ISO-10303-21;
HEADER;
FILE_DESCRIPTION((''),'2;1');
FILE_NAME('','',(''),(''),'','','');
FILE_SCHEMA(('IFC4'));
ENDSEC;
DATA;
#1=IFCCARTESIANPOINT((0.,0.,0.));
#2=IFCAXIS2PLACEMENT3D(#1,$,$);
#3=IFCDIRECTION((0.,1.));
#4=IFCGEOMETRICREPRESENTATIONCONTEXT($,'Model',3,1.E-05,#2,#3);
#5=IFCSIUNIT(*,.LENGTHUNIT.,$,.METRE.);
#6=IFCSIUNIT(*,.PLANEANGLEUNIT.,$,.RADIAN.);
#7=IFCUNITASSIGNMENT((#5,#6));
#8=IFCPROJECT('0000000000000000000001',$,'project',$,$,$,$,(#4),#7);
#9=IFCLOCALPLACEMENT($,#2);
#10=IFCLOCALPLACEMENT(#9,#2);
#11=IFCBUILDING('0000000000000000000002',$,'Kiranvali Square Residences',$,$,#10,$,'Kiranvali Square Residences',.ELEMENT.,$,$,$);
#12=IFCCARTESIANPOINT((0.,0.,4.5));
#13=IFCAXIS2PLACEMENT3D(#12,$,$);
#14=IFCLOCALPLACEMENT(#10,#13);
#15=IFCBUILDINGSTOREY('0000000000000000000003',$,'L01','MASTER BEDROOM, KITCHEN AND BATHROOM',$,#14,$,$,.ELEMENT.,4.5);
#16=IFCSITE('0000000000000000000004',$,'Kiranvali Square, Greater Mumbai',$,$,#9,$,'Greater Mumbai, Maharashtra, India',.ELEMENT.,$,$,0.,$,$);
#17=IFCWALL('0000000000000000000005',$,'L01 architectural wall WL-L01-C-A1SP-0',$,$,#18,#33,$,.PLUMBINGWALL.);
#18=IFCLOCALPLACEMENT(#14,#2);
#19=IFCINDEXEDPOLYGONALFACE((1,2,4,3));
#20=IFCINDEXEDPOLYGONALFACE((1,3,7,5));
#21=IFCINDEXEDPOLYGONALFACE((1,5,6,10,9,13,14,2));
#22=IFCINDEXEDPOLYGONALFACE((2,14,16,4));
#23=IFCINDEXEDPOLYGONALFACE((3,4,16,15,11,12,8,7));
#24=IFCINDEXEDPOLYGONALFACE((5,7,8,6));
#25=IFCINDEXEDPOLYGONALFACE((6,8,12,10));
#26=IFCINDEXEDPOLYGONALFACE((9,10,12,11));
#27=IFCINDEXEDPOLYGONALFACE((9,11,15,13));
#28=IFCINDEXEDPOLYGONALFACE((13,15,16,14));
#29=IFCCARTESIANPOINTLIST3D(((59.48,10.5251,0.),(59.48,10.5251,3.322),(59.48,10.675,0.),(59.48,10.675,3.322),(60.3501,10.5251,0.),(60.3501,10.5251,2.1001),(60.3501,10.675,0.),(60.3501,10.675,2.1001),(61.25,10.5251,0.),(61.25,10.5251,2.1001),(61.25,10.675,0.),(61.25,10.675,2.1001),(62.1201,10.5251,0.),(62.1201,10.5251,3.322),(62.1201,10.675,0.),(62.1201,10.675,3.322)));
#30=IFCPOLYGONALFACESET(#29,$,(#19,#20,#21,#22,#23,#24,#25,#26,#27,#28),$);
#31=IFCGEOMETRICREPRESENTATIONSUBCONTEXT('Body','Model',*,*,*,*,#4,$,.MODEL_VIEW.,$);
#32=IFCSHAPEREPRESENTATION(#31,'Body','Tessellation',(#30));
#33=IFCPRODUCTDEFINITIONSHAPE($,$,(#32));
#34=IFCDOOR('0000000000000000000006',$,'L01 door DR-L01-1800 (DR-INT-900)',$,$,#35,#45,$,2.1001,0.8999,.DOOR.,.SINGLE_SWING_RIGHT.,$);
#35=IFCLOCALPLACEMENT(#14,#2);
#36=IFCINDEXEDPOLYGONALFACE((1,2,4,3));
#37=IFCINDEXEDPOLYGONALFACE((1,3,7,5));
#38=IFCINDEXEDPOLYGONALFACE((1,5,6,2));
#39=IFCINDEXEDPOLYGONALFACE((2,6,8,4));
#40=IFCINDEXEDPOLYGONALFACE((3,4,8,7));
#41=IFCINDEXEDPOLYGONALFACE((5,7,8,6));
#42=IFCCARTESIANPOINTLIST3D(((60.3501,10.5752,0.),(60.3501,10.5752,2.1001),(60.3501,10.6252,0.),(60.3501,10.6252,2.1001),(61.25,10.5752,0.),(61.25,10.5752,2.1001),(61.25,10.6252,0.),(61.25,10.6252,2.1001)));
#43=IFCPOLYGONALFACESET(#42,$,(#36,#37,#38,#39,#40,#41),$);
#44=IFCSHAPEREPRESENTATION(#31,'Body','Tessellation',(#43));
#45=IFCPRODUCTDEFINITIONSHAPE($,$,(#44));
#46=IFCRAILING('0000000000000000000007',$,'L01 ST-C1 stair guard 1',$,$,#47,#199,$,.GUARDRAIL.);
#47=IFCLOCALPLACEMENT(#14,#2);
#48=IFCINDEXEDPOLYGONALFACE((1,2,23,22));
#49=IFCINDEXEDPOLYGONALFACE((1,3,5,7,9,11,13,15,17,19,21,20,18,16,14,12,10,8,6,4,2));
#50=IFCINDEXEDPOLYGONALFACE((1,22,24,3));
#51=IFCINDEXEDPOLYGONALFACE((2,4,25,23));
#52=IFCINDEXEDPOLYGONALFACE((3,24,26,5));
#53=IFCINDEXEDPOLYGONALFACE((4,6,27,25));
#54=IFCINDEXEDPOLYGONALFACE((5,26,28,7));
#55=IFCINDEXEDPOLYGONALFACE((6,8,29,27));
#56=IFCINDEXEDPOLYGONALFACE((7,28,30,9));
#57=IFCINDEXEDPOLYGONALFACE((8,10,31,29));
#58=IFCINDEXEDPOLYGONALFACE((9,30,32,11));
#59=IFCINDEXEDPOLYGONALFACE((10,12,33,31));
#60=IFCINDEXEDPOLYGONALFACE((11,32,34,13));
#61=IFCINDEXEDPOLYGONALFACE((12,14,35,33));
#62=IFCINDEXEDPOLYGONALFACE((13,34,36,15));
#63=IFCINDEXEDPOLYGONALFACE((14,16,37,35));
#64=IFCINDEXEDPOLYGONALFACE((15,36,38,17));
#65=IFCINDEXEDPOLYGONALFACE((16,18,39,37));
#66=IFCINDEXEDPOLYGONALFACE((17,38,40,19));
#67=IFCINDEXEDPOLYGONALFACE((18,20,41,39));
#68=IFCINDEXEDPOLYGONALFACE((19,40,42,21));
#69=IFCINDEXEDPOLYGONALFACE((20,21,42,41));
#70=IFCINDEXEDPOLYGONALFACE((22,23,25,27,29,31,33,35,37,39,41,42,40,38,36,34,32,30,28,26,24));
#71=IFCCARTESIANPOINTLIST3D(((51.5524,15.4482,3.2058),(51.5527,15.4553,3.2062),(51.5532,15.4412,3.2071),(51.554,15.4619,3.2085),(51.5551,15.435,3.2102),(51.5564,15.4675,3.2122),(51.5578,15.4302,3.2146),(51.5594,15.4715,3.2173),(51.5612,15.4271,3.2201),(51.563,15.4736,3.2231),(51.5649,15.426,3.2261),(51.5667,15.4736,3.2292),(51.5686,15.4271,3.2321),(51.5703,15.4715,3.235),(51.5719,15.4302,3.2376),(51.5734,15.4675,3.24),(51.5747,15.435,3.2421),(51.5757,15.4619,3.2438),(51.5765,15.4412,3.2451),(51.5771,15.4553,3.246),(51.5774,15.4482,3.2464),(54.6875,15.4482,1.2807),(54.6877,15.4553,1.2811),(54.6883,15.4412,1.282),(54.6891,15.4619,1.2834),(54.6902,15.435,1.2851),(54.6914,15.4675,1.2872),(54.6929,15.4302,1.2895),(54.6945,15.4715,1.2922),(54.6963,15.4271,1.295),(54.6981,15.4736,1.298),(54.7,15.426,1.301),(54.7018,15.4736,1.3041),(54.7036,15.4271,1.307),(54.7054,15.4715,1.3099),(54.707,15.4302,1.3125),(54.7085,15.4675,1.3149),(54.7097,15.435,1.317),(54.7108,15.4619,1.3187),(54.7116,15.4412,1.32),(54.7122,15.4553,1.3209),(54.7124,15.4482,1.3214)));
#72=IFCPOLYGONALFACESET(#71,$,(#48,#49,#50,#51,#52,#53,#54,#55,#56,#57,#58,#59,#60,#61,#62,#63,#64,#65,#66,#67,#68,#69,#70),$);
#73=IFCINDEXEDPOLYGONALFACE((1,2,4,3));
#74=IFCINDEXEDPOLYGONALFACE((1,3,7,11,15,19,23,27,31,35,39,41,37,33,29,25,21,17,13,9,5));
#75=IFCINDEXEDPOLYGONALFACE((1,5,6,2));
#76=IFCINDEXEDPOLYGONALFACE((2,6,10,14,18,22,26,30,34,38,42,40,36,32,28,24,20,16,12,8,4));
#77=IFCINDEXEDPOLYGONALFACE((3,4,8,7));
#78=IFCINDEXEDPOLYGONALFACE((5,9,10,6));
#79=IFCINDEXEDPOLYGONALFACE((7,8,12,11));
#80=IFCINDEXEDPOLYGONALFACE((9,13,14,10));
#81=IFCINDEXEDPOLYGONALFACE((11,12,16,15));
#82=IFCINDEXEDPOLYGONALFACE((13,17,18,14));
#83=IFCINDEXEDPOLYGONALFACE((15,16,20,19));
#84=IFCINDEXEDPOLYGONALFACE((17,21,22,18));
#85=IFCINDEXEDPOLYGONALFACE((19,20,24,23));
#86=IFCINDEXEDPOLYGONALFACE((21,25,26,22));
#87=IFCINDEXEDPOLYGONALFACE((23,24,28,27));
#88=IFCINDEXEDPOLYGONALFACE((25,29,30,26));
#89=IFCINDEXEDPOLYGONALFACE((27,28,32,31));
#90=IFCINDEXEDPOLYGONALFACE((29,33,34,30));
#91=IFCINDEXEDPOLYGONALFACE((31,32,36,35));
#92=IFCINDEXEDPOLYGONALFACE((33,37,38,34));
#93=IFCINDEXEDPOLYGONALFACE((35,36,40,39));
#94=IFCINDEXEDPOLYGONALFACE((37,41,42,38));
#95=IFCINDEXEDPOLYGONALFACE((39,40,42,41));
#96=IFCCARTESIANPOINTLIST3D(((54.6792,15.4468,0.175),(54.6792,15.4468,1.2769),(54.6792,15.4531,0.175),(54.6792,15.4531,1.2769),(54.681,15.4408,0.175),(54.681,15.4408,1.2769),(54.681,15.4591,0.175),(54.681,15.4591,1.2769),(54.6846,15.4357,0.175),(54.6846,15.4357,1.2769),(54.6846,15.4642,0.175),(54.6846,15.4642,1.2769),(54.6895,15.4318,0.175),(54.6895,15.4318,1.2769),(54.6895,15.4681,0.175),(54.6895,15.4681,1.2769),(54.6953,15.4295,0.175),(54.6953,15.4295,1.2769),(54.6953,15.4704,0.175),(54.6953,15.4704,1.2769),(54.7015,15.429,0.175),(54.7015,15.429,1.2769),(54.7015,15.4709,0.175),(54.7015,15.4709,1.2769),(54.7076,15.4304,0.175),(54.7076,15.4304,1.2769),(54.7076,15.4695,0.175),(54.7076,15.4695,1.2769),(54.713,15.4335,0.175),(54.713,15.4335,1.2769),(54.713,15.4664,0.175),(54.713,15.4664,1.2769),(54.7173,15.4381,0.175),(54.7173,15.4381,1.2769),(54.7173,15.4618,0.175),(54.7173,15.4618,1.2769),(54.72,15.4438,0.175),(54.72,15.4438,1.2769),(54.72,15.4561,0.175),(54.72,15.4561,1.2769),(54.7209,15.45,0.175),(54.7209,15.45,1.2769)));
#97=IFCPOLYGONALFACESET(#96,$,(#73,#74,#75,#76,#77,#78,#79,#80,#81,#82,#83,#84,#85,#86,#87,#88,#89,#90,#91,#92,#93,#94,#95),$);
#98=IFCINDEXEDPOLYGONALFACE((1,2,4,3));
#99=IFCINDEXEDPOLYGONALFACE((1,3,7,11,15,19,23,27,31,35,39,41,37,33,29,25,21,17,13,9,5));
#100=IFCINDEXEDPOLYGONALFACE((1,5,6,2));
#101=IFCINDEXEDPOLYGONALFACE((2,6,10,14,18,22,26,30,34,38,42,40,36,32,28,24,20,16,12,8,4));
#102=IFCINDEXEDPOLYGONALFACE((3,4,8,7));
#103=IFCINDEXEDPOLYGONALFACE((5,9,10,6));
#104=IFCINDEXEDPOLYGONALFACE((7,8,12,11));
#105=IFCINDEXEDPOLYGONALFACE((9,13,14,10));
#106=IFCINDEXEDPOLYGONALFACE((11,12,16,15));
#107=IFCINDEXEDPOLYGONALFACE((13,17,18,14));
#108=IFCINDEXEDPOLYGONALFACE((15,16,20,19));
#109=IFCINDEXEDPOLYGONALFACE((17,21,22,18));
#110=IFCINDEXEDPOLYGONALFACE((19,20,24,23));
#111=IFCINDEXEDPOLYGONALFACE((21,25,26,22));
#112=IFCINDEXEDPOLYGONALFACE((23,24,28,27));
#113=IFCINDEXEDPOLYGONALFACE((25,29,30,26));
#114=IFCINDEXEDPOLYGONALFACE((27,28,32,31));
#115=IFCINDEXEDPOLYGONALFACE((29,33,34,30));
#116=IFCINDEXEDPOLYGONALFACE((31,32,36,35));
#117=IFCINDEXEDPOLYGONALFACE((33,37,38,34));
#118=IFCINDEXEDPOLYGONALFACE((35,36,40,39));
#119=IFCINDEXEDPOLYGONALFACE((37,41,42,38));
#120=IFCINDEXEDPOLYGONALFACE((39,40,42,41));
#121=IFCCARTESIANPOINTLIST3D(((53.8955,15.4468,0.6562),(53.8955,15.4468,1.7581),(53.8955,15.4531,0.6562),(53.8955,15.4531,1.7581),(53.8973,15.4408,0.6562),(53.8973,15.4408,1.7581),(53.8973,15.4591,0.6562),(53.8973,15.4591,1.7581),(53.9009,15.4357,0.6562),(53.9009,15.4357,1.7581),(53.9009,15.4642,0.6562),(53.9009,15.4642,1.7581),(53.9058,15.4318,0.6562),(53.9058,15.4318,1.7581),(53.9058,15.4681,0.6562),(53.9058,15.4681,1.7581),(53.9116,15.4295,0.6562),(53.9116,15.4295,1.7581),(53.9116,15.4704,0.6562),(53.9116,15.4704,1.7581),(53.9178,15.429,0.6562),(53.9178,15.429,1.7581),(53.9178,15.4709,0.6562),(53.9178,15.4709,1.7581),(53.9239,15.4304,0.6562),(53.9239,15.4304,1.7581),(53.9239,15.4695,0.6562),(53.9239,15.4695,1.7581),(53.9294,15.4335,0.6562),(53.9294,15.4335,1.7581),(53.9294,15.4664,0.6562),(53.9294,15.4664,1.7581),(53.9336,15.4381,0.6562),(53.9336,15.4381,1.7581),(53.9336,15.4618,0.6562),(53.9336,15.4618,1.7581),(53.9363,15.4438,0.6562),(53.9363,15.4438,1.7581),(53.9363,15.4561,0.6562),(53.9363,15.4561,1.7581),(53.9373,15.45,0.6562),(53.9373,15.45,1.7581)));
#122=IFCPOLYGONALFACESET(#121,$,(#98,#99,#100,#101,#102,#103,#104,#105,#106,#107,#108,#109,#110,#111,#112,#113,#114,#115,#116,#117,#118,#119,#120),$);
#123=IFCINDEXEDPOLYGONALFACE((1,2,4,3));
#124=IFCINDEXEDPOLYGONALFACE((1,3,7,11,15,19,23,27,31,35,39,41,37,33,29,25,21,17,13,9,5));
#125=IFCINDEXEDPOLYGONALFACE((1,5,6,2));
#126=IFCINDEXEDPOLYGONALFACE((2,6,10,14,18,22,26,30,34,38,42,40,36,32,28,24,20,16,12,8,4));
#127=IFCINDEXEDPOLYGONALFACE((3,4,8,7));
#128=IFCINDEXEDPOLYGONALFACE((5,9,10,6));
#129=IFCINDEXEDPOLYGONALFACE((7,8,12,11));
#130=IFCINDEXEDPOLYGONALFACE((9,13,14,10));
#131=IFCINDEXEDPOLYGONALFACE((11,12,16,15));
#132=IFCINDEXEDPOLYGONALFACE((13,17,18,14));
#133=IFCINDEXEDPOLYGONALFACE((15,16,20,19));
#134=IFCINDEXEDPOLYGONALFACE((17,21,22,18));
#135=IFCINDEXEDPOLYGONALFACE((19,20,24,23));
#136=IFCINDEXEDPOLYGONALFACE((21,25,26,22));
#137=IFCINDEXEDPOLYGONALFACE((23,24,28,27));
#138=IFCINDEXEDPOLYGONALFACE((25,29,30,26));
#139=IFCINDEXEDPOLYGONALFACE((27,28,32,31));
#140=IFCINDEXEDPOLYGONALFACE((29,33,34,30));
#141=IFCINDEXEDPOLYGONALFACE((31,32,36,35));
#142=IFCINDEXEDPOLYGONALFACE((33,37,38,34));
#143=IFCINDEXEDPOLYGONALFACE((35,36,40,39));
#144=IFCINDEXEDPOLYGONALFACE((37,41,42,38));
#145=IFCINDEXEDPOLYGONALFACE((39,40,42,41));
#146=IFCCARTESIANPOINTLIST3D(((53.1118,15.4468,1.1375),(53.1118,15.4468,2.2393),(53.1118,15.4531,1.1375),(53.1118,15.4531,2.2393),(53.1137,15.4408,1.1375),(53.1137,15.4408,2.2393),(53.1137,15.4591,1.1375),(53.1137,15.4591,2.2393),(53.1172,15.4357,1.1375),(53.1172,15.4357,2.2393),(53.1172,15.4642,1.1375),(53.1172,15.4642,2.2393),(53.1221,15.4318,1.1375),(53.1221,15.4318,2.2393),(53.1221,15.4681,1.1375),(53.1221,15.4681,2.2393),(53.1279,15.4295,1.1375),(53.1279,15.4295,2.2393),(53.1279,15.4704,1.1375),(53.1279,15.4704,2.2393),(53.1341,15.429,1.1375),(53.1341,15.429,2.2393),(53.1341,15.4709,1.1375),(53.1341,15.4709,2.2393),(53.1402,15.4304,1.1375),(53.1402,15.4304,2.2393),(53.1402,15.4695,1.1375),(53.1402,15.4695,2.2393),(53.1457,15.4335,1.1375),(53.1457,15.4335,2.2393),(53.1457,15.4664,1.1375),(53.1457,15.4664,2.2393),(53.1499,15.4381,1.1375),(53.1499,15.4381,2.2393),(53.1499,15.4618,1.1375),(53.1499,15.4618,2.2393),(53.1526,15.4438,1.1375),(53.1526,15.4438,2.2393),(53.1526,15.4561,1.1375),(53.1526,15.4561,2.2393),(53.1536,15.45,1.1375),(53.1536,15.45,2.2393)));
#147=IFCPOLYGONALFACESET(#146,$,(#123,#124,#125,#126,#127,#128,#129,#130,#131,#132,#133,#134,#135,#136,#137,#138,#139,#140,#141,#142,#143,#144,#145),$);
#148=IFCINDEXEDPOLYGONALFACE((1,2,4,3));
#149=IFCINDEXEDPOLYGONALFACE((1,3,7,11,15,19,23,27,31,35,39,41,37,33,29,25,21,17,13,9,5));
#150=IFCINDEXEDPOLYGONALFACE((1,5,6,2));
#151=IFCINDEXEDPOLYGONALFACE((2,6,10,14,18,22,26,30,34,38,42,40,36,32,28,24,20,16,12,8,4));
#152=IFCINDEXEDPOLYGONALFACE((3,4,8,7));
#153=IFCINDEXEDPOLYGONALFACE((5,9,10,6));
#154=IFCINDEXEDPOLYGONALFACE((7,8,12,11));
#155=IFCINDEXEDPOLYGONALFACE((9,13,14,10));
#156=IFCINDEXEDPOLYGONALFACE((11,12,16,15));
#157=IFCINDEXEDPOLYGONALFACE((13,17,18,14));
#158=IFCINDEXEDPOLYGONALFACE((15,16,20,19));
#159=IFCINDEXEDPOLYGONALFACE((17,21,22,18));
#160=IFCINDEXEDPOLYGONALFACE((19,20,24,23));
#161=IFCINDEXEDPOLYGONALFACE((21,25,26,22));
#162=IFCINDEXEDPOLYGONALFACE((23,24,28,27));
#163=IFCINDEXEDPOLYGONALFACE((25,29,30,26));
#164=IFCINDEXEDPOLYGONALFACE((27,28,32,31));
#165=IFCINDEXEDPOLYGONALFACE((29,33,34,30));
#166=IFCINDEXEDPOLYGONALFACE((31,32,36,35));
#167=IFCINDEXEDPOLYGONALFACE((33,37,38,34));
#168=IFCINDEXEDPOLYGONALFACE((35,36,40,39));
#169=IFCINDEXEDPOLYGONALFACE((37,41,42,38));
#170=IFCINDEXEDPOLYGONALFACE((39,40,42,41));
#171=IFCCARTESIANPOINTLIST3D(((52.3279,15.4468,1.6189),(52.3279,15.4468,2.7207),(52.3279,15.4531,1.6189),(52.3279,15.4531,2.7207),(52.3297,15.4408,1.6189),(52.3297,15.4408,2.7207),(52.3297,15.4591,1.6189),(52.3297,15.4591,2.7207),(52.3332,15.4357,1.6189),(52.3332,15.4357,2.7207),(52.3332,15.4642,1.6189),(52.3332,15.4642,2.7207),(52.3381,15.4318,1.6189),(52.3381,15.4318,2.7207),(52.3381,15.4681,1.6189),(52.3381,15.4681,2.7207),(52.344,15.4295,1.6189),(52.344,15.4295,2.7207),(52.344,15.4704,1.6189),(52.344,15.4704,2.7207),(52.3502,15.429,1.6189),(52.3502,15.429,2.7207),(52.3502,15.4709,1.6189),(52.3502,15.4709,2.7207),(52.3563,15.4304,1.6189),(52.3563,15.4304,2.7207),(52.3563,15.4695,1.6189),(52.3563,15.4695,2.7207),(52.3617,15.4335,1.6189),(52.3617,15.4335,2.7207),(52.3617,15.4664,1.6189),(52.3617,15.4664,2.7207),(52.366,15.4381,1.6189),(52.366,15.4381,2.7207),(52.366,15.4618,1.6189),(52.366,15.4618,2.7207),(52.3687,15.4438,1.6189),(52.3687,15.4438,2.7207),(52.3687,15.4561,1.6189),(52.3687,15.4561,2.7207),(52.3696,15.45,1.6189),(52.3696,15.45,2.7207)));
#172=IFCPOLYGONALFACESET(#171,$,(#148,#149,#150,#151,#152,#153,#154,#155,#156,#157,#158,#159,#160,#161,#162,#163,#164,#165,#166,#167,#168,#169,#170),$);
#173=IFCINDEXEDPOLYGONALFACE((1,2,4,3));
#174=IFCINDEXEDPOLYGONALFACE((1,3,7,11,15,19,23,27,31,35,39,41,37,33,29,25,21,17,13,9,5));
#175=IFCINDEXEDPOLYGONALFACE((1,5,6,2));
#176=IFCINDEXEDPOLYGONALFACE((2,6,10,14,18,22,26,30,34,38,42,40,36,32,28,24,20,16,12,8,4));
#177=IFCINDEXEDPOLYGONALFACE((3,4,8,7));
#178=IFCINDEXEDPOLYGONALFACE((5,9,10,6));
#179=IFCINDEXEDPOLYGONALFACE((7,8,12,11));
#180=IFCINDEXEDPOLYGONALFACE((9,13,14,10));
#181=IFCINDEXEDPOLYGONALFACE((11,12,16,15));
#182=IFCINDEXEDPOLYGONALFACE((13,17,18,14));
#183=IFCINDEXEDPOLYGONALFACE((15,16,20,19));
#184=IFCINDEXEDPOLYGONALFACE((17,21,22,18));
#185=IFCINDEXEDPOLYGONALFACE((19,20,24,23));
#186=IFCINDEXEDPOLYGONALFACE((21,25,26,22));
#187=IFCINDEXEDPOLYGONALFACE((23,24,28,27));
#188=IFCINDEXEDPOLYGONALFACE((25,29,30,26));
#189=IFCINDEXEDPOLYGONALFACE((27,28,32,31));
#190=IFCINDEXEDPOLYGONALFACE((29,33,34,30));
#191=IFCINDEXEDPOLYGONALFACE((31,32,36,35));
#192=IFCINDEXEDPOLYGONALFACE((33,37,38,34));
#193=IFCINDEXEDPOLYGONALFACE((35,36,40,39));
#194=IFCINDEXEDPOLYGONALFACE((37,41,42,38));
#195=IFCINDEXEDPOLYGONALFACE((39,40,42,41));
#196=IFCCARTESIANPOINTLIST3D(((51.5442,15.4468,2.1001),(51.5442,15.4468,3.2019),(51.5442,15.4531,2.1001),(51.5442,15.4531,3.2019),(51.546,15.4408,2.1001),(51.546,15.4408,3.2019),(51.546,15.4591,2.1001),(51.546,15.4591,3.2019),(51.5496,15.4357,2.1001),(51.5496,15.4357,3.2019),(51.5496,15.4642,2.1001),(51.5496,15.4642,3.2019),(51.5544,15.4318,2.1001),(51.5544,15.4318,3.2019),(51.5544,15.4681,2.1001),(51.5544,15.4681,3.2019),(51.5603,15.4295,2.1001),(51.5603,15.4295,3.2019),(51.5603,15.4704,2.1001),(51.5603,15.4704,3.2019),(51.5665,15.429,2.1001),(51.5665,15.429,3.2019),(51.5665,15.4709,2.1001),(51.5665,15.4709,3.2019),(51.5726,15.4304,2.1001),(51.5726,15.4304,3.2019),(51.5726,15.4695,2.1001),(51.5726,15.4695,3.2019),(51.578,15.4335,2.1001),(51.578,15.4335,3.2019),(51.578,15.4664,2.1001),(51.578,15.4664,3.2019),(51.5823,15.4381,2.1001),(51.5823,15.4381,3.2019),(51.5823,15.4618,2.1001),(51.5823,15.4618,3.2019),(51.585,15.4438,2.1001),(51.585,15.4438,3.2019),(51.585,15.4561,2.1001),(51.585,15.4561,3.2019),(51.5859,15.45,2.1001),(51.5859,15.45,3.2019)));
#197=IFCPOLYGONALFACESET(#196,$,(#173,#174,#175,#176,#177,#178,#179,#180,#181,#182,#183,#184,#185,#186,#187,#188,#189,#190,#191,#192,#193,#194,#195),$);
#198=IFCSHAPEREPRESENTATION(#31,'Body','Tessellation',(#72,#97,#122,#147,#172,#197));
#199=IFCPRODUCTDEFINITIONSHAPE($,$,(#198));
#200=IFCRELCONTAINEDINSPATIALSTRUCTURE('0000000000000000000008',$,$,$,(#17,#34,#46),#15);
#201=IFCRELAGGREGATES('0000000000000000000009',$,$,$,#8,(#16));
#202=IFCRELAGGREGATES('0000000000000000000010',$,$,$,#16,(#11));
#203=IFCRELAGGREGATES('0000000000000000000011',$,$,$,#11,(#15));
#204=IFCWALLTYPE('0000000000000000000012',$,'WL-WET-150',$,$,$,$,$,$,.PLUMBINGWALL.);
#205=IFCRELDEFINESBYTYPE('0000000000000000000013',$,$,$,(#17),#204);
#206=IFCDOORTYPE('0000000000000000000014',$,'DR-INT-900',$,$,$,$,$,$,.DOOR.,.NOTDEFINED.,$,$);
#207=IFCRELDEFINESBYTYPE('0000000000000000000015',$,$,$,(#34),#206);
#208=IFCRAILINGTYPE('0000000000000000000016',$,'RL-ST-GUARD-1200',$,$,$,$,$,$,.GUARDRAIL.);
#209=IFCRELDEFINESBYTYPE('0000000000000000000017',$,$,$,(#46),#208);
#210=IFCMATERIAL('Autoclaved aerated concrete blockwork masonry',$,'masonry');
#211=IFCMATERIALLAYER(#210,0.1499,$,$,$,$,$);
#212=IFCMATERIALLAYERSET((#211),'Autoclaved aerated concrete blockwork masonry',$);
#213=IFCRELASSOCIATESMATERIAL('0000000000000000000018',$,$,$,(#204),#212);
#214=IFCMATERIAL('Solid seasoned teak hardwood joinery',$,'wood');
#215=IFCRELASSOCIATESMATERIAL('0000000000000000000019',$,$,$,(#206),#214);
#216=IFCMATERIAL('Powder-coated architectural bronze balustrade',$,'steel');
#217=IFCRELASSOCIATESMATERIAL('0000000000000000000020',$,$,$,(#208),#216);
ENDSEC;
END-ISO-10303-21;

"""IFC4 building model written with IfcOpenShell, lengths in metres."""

from ifc_helpers import new_model, si_unit, direction, frame, frame_2d, origin, origin_2d, place, context, subcontext, project, spatial, rectangle, circle, extrude, material, layer, layer_set, type_object, element, fill, save


model = new_model("IFC4")

# Units and contexts
model_context = context("Model", 3, precision=1e-05, world=origin(), true_north=direction((0.0, 1.0)))
body_context = subcontext(model_context, "Body", "Model", "MODEL_VIEW")
ifc_project = project(units=[si_unit("LENGTHUNIT", "METRE"), si_unit("PLANEANGLEUNIT", "RADIAN")], contexts=[model_context])

# Site, building, storey
site_placement = place(None, origin())
site = spatial("IfcSite", under=ifc_project, at=site_placement, Name="Kiranvali Square, Greater Mumbai", LongName="Greater Mumbai, Maharashtra, India", CompositionType="ELEMENT", RefElevation=0.0)
building_placement = place(site_placement, origin())
building = spatial("IfcBuilding", under=site, at=building_placement, Name="Kiranvali Square Residences", LongName="Kiranvali Square Residences", CompositionType="ELEMENT")
storey_placement = place(building_placement, frame((0.0, 0.0, 4.5)))
storey = spatial("IfcBuildingStorey", under=building, at=storey_placement, Name="L01", Description="MASTER BEDROOM, KITCHEN AND BATHROOM", CompositionType="ELEMENT", Elevation=4.5)

# Shared definitions
ifc_material_1 = material(Name="Autoclaved aerated concrete blockwork masonry", Category="masonry")
ifc_material_2 = material(Name="Solid seasoned teak hardwood joinery", Category="wood")

# Wall, opening, door
ifc_layer_1 = layer(ifc_material_1, 0.1499)
ifc_layer_set_1 = layer_set([ifc_layer_1], Name="Autoclaved aerated concrete blockwork masonry")
wall_type_1 = type_object("IfcWallType", Name="WL-WET-150", PredefinedType="PLUMBINGWALL", material=ifc_layer_set_1)
wall_1_placement = place(storey_placement, frame((59.48, 10.6001, 0.0), z_axis=(0.0, 0.0, 1.0), x_axis=(1.0, 0.0, 0.0)))
wall_1 = element("IfcWall", 1, at=wall_1_placement, inside=storey, type_object=wall_type_1, Name="L01 architectural wall WL-L01-C-A1SP-0", PredefinedType="PLUMBINGWALL", context=body_context, shape_type="SweptSolid", body=[
    extrude(rectangle(XDim=2.6401, YDim=0.1499, at=frame_2d((1.3201, 0.0))), origin(), (0.0, 0.0, 1.0), 3.322),
])
opening_1_placement = place(wall_1_placement, frame((0.8701, 0.0, 0.0)))
opening_1 = element("IfcOpeningElement", 2, at=opening_1_placement, cuts=wall_1, PredefinedType="OPENING", context=body_context, shape_type="SweptSolid", body=[
    extrude(rectangle(XDim=0.8999, YDim=2.1001, at=frame_2d((0.45, 1.05))), frame((0.0, 0.085, 0.0), z_axis=(0.0, -1.0, 0.0), x_axis=(1.0, 0.0, 0.0)), (0.0, 0.0, 1.0), 0.1699),
])
door_type_1 = type_object("IfcDoorType", Name="DR-INT-900", OperationType="NOTDEFINED", PredefinedType="DOOR", material=ifc_material_2)
door_1_placement = place(opening_1_placement, frame((0.8999, 0.0, 0.0), z_axis=(0.0, 0.0, 1.0), x_axis=(-1.0, 0.0, 0.0)))
door_1 = element("IfcDoor", 3, at=door_1_placement, inside=storey, type_object=door_type_1, Name="L01 door DR-L01-1800 (DR-INT-900)", OperationType="SINGLE_SWING_RIGHT", OverallHeight=2.1001, OverallWidth=0.8999, PredefinedType="DOOR", context=body_context, shape_type="SweptSolid", body=[
    extrude(rectangle(XDim=0.8999, YDim=2.1001, at=frame_2d((0.45, 1.05))), frame((0.0, 0.0249, 0.0), z_axis=(0.0, -1.0, 0.0), x_axis=(1.0, 0.0, 0.0)), (0.0, 0.0, 1.0), 0.05),
])
fill(opening_1, door_1)

# Railing
ifc_material_3 = material(Name="Powder-coated architectural bronze balustrade", Category="steel")
railing_type = type_object("IfcRailingType", Name="RL-ST-GUARD-1200", PredefinedType="GUARDRAIL", material=ifc_material_3)
railing_1_placement = place(storey_placement, frame((54.7, 15.45, 0.175)))
element("IfcRailing", 4, at=railing_1_placement, inside=storey, type_object=railing_type, Name="L01 ST-C1 stair guard 1", PredefinedType="GUARDRAIL", context=body_context, shape_type="SweptSolid", body=[
    extrude(circle(Radius=0.0239, at=origin_2d()), frame((0.0, 0.0, 1.126), z_axis=(-0.852166, 0.0, 0.523271), x_axis=(0.0, -1.0, 0.0)), (0.0, 0.0, 1.0), 3.679),
    extrude(circle(Radius=0.021, at=origin_2d()), origin(), (0.0, 0.0, 1.0), 1.1018),
    extrude(circle(Radius=0.021, at=origin_2d()), frame((-0.7837, 0.0, 0.4812)), (0.0, 0.0, 1.0), 1.1018),
    extrude(circle(Radius=0.021, at=origin_2d()), frame((-1.5674, 0.0, 0.9624)), (0.0, 0.0, 1.0), 1.1018),
    extrude(circle(Radius=0.021, at=origin_2d()), frame((-2.3513, 0.0, 1.4438)), (0.0, 0.0, 1.0), 1.1018),
    extrude(circle(Radius=0.021, at=origin_2d()), frame((-3.135, 0.0, 1.925)), (0.0, 0.0, 1.0), 1.1018),
])

save(model, "model.ifc")
